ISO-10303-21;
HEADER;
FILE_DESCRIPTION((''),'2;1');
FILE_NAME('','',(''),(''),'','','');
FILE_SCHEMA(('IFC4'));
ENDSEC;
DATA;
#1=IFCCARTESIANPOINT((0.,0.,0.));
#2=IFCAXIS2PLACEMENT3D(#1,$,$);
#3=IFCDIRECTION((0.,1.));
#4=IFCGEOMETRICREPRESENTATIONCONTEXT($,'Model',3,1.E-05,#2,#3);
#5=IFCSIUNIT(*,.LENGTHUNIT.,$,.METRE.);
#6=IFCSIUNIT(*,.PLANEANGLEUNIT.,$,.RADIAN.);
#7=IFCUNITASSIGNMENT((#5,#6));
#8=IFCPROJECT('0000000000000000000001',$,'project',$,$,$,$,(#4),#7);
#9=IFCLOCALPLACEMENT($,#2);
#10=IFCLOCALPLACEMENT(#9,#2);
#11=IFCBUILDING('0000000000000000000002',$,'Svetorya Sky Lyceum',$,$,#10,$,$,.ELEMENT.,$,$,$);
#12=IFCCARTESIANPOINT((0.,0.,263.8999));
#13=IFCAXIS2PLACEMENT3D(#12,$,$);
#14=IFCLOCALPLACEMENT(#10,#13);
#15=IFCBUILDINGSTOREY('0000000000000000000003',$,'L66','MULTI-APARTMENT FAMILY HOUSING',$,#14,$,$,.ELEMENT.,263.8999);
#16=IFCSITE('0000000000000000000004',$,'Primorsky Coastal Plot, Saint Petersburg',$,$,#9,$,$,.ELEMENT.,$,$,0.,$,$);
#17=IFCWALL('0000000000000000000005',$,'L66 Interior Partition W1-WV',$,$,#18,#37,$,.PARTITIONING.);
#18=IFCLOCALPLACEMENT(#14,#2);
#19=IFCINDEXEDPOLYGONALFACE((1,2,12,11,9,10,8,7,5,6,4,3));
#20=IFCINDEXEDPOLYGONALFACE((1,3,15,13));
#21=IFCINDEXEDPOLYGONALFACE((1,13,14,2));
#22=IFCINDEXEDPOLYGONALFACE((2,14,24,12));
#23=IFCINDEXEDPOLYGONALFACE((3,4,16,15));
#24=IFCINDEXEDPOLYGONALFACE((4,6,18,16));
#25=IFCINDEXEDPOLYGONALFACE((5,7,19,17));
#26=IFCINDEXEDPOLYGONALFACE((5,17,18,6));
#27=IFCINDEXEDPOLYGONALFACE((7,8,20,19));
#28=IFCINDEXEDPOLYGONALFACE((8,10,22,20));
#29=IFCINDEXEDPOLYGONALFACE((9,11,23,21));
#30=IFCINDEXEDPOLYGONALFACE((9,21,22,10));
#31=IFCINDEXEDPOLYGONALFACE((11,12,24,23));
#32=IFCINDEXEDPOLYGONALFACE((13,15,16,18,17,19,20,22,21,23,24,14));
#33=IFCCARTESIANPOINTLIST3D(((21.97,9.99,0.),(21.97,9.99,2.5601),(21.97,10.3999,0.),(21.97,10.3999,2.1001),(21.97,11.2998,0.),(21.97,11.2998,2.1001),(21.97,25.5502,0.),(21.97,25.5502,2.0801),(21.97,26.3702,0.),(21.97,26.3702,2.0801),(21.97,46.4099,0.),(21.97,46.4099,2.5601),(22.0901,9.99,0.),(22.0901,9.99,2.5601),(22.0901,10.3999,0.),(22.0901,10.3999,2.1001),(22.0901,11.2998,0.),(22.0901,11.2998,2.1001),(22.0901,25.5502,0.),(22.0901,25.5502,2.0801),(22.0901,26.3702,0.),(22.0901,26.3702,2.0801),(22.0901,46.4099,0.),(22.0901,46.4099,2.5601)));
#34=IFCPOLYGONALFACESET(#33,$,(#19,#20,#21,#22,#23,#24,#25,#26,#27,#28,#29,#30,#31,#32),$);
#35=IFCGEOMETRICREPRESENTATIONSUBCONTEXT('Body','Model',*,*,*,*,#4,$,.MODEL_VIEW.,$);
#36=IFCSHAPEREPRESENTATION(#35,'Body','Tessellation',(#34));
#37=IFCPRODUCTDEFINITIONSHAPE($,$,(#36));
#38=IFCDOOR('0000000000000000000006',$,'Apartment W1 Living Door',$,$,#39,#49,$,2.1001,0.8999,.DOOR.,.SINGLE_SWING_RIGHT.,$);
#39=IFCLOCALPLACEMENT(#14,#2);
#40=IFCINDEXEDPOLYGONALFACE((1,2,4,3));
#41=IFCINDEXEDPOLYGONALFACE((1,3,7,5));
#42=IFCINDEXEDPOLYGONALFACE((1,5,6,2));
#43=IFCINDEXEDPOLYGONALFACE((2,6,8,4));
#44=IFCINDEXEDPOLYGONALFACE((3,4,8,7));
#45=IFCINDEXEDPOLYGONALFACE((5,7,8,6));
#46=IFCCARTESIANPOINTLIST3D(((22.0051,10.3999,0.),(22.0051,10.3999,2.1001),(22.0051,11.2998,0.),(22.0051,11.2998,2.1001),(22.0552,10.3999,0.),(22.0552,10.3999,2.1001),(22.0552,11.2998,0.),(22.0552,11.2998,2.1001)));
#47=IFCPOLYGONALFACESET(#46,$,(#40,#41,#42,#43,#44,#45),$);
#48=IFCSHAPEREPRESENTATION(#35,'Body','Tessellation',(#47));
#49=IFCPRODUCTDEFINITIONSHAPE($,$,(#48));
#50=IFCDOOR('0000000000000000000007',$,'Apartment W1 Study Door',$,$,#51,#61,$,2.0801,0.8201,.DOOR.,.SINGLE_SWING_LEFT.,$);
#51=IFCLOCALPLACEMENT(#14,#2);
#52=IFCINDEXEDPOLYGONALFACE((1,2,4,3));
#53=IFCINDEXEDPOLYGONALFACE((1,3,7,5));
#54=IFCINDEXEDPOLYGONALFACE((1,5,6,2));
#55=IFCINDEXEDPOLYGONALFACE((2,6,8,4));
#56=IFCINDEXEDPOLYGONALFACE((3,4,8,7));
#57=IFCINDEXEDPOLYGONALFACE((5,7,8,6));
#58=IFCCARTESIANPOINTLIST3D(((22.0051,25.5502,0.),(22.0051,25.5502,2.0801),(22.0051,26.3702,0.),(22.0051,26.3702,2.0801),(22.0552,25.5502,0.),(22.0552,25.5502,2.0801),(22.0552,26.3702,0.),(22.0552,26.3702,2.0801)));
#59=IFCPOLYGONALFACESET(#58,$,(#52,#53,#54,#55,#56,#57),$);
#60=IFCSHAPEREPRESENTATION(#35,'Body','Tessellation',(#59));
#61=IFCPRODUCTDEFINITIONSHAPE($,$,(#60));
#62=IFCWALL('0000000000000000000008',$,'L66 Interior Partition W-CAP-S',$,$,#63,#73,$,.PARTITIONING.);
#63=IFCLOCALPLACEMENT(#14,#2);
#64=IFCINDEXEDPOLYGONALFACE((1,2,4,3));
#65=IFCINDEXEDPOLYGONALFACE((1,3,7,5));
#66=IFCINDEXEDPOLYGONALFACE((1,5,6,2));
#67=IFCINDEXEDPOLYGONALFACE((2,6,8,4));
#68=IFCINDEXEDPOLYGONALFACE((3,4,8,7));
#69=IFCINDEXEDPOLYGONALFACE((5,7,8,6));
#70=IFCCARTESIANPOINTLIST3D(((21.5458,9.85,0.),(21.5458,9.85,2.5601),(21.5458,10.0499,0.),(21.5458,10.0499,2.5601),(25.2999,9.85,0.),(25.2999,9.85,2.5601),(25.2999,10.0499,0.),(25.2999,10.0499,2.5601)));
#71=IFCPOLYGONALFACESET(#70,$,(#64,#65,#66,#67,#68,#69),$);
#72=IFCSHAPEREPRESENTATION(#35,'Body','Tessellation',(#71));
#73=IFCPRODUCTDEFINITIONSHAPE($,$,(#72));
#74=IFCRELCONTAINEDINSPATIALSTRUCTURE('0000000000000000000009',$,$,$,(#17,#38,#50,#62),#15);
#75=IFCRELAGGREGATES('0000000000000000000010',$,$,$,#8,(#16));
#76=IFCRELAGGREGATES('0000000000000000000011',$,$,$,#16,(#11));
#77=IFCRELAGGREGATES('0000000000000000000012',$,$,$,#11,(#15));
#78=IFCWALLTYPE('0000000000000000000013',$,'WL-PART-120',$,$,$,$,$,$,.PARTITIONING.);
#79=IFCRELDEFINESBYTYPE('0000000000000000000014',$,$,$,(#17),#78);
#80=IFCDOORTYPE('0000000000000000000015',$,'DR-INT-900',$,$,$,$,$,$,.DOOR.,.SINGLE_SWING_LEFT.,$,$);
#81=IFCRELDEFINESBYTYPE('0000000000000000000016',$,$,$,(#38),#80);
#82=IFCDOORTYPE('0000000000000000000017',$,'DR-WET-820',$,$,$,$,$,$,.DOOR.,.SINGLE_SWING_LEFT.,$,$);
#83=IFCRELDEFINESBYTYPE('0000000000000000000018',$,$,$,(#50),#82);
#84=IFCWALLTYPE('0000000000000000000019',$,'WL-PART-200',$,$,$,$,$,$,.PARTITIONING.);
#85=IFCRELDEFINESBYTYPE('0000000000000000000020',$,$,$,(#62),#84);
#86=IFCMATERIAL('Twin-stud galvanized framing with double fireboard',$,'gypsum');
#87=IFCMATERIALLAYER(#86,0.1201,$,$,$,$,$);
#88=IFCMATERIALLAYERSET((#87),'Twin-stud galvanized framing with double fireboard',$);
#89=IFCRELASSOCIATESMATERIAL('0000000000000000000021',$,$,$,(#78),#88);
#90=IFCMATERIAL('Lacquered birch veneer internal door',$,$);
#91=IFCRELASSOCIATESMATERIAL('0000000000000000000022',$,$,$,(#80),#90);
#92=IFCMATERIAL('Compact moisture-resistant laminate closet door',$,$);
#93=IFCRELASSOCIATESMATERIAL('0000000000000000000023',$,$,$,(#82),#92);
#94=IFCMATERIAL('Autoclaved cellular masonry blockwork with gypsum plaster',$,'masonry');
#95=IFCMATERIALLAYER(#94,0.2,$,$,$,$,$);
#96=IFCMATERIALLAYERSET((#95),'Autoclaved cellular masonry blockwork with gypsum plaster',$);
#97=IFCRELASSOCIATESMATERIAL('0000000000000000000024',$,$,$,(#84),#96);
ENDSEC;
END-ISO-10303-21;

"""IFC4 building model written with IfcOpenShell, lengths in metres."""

from ifc_helpers import new_model, si_unit, direction, frame, frame_2d, origin, place, context, subcontext, project, spatial, rectangle, extrude, material, layer, layer_set, type_object, element, fill, save


model = new_model("IFC4")

# Units and contexts
model_context = context("Model", 3, precision=1e-05, world=origin(), true_north=direction((0.0, 1.0)))
body_context = subcontext(model_context, "Body", "Model", "MODEL_VIEW")
ifc_project = project(units=[si_unit("LENGTHUNIT", "METRE"), si_unit("PLANEANGLEUNIT", "RADIAN")], contexts=[model_context])

# Site, building, storey
site_placement = place(None, origin())
site = spatial("IfcSite", under=ifc_project, at=site_placement, Name="Primorsky Coastal Plot, Saint Petersburg", CompositionType="ELEMENT", RefElevation=0.0)
building_placement = place(site_placement, origin())
building = spatial("IfcBuilding", under=site, at=building_placement, Name="Svetorya Sky Lyceum", CompositionType="ELEMENT")
storey_placement = place(building_placement, frame((0.0, 0.0, 263.8999)))
storey = spatial("IfcBuildingStorey", under=building, at=storey_placement, Name="L66", Description="MULTI-APARTMENT FAMILY HOUSING", CompositionType="ELEMENT", Elevation=263.8999)

# Shared definitions
ifc_material_1 = material(Name="Twin-stud galvanized framing with double fireboard", Category="gypsum")
ifc_layer_1 = layer(ifc_material_1, 0.1201)
ifc_layer_set_1 = layer_set([ifc_layer_1], Name="Twin-stud galvanized framing with double fireboard")
wall_type_1 = type_object("IfcWallType", Name="WL-PART-120", PredefinedType="PARTITIONING", material=ifc_layer_set_1)

# Wall, openings, doors
wall_1_placement = place(storey_placement, frame((22.03, 9.99, 0.0), z_axis=(0.0, 0.0, 1.0), x_axis=(0.0, 1.0, 0.0)))
wall_1 = element("IfcWall", 1, at=wall_1_placement, inside=storey, type_object=wall_type_1, Name="L66 Interior Partition W1-WV", PredefinedType="PARTITIONING", context=body_context, shape_type="SweptSolid", body=[
    extrude(rectangle(XDim=36.4199, YDim=0.1201, at=frame_2d((18.21, 0.0))), origin(), (0.0, 0.0, 1.0), 2.5601),
])
opening_1_placement = place(wall_1_placement, frame((0.4099, 0.0, 0.0)))
opening_1 = element("IfcOpeningElement", 2, at=opening_1_placement, cuts=wall_1, PredefinedType="OPENING", context=body_context, shape_type="SweptSolid", body=[
    extrude(rectangle(XDim=0.8999, YDim=2.1001, at=frame_2d((0.45, 1.05))), frame((0.0, 0.0701, 0.0), z_axis=(0.0, -1.0, 0.0), x_axis=(1.0, 0.0, 0.0)), (0.0, 0.0, 1.0), 0.1401),
])
opening_2_placement = place(wall_1_placement, frame((15.5601, 0.0, 0.0)))
opening_2 = element("IfcOpeningElement", 3, at=opening_2_placement, cuts=wall_1, PredefinedType="OPENING", context=body_context, shape_type="SweptSolid", body=[
    extrude(rectangle(XDim=0.8201, YDim=2.0801, at=frame_2d((0.4102, 1.04))), frame((0.0, 0.0701, 0.0), z_axis=(0.0, -1.0, 0.0), x_axis=(1.0, 0.0, 0.0)), (0.0, 0.0, 1.0), 0.1401),
])
ifc_material_2 = material(Name="Lacquered birch veneer internal door")
door_type_1 = type_object("IfcDoorType", Name="DR-INT-900", OperationType="SINGLE_SWING_LEFT", PredefinedType="DOOR", material=ifc_material_2)
door_1_placement = place(opening_1_placement, origin())
door_1 = element("IfcDoor", 4, at=door_1_placement, inside=storey, type_object=door_type_1, Name="Apartment W1 Living Door", OperationType="SINGLE_SWING_RIGHT", OverallHeight=2.1001, OverallWidth=0.8999, PredefinedType="DOOR", context=body_context, shape_type="SweptSolid", body=[
    extrude(rectangle(XDim=0.8999, YDim=2.1001, at=frame_2d((0.45, 1.05))), frame((0.0, 0.0249, 0.0), z_axis=(0.0, -1.0, 0.0), x_axis=(1.0, 0.0, 0.0)), (0.0, 0.0, 1.0), 0.05),
])
fill(opening_1, door_1)
ifc_material_3 = material(Name="Compact moisture-resistant laminate closet door")
door_type_2 = type_object("IfcDoorType", Name="DR-WET-820", OperationType="SINGLE_SWING_LEFT", PredefinedType="DOOR", material=ifc_material_3)
door_2_placement = place(opening_2_placement, origin())
door_2 = element("IfcDoor", 5, at=door_2_placement, inside=storey, type_object=door_type_2, Name="Apartment W1 Study Door", OperationType="SINGLE_SWING_LEFT", OverallHeight=2.0801, OverallWidth=0.8201, PredefinedType="DOOR", context=body_context, shape_type="SweptSolid", body=[
    extrude(rectangle(XDim=0.8201, YDim=2.0801, at=frame_2d((0.4102, 1.04))), frame((0.0, 0.0249, 0.0), z_axis=(0.0, -1.0, 0.0), x_axis=(1.0, 0.0, 0.0)), (0.0, 0.0, 1.0), 0.05),
])
fill(opening_2, door_2)

# Wall
ifc_material_4 = material(Name="Autoclaved cellular masonry blockwork with gypsum plaster", Category="masonry")
ifc_layer_2 = layer(ifc_material_4, 0.2)
ifc_layer_set_2 = layer_set([ifc_layer_2], Name="Autoclaved cellular masonry blockwork with gypsum plaster")
wall_type_2 = type_object("IfcWallType", Name="WL-PART-200", PredefinedType="PARTITIONING", material=ifc_layer_set_2)
wall_2_placement = place(storey_placement, frame((21.5459, 9.95, 0.0), z_axis=(0.0, 0.0, 1.0), x_axis=(1.0, 0.0, 0.0)))
element("IfcWall", 6, at=wall_2_placement, inside=storey, type_object=wall_type_2, Name="L66 Interior Partition W-CAP-S", PredefinedType="PARTITIONING", context=body_context, shape_type="SweptSolid", body=[
    extrude(rectangle(XDim=3.7542, YDim=0.2, at=frame_2d((1.877, 0.0))), origin(), (0.0, 0.0, 1.0), 2.5601),
])

save(model, "model.ifc")
